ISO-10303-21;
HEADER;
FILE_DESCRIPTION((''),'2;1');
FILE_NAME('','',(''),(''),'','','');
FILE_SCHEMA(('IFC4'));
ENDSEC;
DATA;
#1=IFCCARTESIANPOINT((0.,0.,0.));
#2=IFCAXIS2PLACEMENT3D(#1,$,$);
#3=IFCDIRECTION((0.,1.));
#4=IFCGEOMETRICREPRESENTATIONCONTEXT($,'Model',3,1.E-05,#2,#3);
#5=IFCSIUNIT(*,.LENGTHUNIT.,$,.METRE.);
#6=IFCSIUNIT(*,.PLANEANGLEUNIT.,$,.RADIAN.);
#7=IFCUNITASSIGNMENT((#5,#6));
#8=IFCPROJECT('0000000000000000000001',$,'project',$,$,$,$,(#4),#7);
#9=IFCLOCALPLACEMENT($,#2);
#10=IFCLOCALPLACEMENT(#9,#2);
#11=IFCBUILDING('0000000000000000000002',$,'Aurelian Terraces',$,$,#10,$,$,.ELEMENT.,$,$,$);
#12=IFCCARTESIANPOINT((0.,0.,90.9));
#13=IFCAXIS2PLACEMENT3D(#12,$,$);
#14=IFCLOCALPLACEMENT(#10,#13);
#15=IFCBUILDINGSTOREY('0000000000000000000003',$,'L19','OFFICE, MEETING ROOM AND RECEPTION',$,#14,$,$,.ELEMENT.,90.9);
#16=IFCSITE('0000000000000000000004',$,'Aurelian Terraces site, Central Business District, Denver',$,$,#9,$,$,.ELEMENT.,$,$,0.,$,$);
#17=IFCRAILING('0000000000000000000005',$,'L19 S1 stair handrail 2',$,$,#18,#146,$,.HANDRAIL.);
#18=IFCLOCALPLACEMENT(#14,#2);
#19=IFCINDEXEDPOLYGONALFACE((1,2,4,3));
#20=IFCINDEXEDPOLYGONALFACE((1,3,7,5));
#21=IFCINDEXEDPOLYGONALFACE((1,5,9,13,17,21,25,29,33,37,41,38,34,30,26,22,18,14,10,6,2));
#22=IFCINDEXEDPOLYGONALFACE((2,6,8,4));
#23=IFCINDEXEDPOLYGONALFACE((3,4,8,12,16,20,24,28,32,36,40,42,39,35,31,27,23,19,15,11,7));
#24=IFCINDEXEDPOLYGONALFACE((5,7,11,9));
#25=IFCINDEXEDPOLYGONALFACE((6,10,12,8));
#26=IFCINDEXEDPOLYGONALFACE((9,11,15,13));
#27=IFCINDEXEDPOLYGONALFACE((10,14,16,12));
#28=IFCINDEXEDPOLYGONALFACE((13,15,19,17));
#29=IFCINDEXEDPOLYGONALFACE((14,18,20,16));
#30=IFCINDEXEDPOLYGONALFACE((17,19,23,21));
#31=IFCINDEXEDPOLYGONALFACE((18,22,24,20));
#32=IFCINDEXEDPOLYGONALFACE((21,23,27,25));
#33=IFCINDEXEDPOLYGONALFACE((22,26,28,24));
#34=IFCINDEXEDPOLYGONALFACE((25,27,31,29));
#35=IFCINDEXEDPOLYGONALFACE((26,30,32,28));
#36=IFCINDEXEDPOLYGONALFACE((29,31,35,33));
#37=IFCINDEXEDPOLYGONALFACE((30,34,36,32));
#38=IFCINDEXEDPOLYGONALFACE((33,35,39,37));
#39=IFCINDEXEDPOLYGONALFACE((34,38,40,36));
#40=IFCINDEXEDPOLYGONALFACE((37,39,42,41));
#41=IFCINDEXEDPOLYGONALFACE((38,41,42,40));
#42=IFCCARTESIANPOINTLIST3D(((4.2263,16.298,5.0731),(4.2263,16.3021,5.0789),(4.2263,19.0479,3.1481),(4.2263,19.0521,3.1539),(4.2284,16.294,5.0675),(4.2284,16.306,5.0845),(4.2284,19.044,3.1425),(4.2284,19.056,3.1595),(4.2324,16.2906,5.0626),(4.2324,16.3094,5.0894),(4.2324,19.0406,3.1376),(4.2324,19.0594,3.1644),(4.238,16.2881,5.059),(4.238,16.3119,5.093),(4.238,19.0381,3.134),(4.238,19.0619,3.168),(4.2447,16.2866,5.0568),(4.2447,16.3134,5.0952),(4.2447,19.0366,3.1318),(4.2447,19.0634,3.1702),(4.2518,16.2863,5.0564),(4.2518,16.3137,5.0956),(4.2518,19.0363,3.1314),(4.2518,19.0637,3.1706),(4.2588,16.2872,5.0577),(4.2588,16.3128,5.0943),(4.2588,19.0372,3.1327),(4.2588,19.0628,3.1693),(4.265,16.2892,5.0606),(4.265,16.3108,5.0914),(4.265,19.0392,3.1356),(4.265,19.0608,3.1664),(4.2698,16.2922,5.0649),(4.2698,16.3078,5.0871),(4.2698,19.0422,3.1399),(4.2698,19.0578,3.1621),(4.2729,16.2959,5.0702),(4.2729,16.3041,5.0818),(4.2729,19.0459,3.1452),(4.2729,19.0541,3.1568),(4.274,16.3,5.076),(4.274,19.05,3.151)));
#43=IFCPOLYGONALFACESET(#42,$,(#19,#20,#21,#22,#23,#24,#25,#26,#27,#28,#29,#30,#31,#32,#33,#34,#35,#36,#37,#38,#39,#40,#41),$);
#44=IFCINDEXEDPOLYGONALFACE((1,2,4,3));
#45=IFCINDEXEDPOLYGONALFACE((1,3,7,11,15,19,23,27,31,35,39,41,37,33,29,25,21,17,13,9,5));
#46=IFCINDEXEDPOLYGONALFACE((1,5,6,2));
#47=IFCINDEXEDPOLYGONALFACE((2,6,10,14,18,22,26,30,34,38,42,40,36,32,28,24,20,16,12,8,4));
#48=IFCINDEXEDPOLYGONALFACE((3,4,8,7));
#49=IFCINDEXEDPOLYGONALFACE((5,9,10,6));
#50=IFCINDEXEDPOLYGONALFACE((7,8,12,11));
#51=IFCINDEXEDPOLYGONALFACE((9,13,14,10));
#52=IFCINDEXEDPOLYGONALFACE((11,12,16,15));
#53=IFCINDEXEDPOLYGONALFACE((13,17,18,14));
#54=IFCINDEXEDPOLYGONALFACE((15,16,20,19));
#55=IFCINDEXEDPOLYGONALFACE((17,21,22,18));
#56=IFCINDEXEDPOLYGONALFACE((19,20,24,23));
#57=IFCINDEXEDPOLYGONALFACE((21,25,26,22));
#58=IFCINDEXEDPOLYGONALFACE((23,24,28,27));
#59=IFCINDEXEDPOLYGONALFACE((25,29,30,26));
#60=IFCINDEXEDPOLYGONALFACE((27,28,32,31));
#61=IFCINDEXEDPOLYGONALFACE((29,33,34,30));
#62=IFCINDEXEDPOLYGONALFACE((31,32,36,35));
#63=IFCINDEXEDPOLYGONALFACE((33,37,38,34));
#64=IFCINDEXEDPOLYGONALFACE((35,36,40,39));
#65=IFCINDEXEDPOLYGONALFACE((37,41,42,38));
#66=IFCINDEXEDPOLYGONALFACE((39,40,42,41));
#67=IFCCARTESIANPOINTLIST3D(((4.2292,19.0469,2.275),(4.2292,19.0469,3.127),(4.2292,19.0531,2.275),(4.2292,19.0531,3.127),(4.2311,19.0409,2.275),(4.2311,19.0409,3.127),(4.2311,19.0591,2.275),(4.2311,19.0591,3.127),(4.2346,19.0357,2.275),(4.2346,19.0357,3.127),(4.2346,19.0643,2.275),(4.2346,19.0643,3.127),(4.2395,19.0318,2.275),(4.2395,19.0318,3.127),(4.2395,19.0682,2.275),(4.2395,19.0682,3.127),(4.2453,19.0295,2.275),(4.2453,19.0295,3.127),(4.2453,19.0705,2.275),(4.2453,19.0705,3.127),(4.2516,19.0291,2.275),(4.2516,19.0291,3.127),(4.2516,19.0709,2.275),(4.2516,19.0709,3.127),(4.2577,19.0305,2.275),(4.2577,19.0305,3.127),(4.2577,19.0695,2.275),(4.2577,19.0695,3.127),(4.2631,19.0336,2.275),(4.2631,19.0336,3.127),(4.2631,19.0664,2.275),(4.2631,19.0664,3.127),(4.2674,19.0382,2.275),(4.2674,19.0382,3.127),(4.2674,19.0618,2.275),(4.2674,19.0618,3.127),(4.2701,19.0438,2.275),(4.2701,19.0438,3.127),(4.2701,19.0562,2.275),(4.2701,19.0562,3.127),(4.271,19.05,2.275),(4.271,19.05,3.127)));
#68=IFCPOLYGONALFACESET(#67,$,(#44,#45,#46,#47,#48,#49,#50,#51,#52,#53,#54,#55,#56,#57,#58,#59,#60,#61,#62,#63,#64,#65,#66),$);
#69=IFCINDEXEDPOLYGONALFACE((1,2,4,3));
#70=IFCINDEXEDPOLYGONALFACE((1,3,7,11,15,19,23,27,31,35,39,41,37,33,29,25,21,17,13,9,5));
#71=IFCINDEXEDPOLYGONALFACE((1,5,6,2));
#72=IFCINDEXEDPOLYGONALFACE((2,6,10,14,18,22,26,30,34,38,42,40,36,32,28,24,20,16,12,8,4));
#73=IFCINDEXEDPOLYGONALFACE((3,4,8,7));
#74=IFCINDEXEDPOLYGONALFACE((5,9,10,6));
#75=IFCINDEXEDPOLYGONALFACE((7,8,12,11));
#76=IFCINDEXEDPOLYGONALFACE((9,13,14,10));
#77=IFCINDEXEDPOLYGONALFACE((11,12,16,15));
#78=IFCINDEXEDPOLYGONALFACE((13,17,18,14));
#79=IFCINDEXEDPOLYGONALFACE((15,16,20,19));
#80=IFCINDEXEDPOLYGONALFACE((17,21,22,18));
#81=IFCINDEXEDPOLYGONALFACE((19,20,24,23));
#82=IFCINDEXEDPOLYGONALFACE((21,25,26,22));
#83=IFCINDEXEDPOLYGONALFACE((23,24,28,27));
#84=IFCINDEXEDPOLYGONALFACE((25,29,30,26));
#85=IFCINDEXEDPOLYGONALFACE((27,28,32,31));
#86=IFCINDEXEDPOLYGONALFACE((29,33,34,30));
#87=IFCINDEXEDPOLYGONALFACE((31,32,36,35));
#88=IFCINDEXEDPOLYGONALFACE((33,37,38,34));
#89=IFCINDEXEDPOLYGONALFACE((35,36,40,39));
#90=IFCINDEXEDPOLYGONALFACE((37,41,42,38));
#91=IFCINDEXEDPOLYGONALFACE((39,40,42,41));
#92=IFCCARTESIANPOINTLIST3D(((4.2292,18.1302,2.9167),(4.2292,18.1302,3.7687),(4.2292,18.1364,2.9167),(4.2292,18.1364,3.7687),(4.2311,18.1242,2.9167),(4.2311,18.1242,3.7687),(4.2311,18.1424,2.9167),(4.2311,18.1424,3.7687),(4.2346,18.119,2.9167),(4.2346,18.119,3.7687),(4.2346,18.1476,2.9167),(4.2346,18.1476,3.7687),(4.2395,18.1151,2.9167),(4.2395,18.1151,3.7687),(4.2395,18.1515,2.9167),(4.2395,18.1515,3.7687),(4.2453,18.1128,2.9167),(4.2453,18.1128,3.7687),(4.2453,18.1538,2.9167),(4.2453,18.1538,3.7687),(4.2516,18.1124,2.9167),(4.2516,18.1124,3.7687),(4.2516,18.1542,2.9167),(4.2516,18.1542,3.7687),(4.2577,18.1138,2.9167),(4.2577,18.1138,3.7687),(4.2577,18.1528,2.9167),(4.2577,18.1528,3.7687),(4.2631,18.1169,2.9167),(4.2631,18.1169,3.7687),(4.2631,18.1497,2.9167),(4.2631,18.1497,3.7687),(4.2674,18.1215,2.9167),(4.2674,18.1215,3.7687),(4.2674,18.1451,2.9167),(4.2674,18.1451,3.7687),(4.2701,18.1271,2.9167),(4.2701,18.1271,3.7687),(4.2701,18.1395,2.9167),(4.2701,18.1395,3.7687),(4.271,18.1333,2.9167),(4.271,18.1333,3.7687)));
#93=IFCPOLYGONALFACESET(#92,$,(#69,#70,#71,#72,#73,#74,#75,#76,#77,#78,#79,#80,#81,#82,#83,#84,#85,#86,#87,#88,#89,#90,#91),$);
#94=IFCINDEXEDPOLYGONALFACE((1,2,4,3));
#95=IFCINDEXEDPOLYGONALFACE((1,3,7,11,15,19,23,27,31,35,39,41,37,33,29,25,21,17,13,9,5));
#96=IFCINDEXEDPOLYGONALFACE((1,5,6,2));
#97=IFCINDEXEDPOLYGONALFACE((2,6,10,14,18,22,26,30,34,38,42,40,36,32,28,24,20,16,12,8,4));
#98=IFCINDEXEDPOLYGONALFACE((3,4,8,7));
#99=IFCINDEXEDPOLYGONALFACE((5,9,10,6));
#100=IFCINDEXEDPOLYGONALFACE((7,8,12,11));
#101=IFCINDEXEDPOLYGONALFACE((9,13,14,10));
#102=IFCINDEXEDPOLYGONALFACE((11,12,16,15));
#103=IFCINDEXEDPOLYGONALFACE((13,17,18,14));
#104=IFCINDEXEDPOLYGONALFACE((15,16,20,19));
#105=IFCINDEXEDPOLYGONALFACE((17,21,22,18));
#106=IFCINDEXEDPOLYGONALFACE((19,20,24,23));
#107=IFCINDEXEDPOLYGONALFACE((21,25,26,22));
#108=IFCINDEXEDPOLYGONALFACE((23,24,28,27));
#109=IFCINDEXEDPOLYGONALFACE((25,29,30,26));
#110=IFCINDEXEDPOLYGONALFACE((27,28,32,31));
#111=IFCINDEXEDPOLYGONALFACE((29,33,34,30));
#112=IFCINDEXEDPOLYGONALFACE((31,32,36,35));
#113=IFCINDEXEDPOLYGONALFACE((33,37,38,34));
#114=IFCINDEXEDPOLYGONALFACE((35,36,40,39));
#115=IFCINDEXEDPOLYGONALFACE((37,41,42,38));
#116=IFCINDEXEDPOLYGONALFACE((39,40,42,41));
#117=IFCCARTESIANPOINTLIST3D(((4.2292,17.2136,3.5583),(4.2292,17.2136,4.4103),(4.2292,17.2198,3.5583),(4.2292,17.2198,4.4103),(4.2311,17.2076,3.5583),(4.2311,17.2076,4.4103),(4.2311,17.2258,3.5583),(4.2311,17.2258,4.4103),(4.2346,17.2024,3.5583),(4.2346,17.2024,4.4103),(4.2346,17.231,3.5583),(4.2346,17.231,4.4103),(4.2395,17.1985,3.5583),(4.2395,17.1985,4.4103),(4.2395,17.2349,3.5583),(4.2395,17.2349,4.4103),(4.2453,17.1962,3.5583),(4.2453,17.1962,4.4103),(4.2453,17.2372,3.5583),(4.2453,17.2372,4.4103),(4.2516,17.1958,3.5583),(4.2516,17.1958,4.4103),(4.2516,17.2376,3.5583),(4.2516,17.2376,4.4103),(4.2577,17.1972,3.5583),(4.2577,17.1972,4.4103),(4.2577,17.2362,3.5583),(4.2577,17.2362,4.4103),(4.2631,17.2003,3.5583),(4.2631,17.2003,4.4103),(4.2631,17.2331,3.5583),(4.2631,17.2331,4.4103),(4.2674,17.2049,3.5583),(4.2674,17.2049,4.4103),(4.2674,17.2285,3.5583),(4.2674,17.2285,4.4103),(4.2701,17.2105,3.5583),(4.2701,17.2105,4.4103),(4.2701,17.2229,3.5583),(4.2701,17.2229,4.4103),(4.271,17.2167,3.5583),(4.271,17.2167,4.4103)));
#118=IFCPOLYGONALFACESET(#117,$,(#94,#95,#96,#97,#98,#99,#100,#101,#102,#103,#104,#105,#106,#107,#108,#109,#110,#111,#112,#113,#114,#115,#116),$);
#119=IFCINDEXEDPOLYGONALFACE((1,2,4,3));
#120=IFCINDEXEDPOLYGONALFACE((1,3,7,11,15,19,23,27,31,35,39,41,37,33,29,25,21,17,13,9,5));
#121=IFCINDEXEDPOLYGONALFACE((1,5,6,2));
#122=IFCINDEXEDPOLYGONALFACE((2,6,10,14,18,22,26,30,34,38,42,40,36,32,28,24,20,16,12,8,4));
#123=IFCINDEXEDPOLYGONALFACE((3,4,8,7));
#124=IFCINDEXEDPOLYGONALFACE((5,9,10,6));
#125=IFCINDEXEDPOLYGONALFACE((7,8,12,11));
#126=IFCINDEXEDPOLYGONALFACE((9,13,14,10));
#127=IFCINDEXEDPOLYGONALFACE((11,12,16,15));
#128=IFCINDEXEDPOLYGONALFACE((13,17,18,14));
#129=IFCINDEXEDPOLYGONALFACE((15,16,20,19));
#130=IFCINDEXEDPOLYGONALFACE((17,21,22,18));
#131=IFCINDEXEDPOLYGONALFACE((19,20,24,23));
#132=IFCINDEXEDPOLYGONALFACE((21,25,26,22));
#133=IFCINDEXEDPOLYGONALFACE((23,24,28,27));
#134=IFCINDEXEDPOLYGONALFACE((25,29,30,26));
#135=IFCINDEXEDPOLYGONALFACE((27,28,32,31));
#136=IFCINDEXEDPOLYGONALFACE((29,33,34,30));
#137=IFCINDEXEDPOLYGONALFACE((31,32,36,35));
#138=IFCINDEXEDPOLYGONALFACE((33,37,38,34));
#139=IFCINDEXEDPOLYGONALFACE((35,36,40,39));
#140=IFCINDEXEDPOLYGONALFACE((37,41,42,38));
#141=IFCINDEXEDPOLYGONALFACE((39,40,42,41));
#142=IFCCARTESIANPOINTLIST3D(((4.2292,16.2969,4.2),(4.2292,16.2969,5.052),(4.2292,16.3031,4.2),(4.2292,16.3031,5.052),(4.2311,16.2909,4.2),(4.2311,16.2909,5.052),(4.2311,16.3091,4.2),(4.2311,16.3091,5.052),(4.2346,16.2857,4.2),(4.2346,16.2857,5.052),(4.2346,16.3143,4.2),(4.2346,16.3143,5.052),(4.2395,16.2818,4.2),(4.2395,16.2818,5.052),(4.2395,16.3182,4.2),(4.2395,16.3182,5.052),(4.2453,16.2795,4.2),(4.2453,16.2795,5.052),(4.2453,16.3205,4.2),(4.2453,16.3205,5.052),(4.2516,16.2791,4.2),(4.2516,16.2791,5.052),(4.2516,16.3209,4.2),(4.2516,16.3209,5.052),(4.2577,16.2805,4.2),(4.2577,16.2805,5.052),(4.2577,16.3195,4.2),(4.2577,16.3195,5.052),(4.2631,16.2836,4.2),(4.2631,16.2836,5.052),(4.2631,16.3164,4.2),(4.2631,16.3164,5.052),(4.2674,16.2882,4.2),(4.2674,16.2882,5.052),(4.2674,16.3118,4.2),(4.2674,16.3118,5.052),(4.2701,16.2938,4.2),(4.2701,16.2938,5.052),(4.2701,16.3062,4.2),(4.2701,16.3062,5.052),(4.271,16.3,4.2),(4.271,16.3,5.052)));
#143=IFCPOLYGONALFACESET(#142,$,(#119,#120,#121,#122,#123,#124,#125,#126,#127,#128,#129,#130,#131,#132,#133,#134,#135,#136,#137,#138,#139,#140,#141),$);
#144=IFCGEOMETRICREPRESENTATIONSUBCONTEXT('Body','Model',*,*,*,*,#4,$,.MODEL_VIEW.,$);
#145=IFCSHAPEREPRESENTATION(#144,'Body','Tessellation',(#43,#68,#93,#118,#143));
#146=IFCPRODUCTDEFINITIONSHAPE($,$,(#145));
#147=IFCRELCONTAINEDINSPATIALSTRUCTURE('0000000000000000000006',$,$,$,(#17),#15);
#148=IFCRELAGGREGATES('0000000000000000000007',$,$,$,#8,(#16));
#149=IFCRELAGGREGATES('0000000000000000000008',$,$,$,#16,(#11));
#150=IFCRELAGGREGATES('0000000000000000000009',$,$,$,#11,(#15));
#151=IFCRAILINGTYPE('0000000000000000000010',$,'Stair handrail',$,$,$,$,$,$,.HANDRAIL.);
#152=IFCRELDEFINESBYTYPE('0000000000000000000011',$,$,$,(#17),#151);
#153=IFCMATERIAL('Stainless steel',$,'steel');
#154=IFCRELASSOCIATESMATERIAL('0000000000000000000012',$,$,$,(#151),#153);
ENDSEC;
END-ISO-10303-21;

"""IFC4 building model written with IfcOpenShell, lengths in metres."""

from ifc_helpers import new_model, si_unit, direction, frame, origin, origin_2d, place, context, subcontext, project, spatial, circle, extrude, source, transform, mapped, material, type_object, element, save


model = new_model("IFC4")

# Units and contexts
model_context = context("Model", 3, precision=1e-05, world=origin(), true_north=direction((0.0, 1.0)))
body_context = subcontext(model_context, "Body", "Model", "MODEL_VIEW")
ifc_project = project(units=[si_unit("LENGTHUNIT", "METRE"), si_unit("PLANEANGLEUNIT", "RADIAN")], contexts=[model_context])

# Site, building, storey
site_placement = place(None, origin())
site = spatial("IfcSite", under=ifc_project, at=site_placement, Name="Aurelian Terraces site, Central Business District, Denver", CompositionType="ELEMENT", RefElevation=0.0)
building_placement = place(site_placement, origin())
building = spatial("IfcBuilding", under=site, at=building_placement, Name="Aurelian Terraces", CompositionType="ELEMENT")
storey_placement = place(building_placement, frame((0.0, 0.0, 90.9)))
storey = spatial("IfcBuildingStorey", under=building, at=storey_placement, Name="L19", Description="OFFICE, MEETING ROOM AND RECEPTION", CompositionType="ELEMENT", Elevation=90.9)

# Shared definitions
ifc_material_1 = material(Name="Stainless steel", Category="steel")

# Railing
railing_type_1 = type_object("IfcRailingType", Name="Stair handrail", PredefinedType="HANDRAIL", material=ifc_material_1)
shared_shape_1 = source(origin(), body_context, "Body", "SweptSolid", [
    extrude(circle(Radius=0.024, at=origin_2d()), frame((0.0, 0.0, 0.876), z_axis=(0.0, -0.819232, 0.573462), x_axis=(1.0, 0.0, 0.0)), (0.0, 0.0, 1.0), 3.3568),
    extrude(circle(Radius=0.021, at=origin_2d()), origin(), (0.0, 0.0, 1.0), 0.852),
    extrude(circle(Radius=0.021, at=origin_2d()), frame((0.0, -0.9167, 0.6417)), (0.0, 0.0, 1.0), 0.852),
    extrude(circle(Radius=0.021, at=origin_2d()), frame((0.0, -1.8333, 1.2833)), (0.0, 0.0, 1.0), 0.852),
    extrude(circle(Radius=0.021, at=origin_2d()), frame((0.0, -2.75, 1.925)), (0.0, 0.0, 1.0), 0.852),
])
railing_1_placement = place(storey_placement, frame((4.25, 19.05, 2.275)))
element("IfcRailing", 1, at=railing_1_placement, inside=storey, type_object=railing_type_1, Name="L19 S1 stair handrail 2", PredefinedType="HANDRAIL", context=body_context, shape_type="MappedRepresentation", body=[
    mapped(shared_shape_1, transform((0.0, 0.0, 0.0), scale=1.0)),
])

save(model, "model.ifc")
